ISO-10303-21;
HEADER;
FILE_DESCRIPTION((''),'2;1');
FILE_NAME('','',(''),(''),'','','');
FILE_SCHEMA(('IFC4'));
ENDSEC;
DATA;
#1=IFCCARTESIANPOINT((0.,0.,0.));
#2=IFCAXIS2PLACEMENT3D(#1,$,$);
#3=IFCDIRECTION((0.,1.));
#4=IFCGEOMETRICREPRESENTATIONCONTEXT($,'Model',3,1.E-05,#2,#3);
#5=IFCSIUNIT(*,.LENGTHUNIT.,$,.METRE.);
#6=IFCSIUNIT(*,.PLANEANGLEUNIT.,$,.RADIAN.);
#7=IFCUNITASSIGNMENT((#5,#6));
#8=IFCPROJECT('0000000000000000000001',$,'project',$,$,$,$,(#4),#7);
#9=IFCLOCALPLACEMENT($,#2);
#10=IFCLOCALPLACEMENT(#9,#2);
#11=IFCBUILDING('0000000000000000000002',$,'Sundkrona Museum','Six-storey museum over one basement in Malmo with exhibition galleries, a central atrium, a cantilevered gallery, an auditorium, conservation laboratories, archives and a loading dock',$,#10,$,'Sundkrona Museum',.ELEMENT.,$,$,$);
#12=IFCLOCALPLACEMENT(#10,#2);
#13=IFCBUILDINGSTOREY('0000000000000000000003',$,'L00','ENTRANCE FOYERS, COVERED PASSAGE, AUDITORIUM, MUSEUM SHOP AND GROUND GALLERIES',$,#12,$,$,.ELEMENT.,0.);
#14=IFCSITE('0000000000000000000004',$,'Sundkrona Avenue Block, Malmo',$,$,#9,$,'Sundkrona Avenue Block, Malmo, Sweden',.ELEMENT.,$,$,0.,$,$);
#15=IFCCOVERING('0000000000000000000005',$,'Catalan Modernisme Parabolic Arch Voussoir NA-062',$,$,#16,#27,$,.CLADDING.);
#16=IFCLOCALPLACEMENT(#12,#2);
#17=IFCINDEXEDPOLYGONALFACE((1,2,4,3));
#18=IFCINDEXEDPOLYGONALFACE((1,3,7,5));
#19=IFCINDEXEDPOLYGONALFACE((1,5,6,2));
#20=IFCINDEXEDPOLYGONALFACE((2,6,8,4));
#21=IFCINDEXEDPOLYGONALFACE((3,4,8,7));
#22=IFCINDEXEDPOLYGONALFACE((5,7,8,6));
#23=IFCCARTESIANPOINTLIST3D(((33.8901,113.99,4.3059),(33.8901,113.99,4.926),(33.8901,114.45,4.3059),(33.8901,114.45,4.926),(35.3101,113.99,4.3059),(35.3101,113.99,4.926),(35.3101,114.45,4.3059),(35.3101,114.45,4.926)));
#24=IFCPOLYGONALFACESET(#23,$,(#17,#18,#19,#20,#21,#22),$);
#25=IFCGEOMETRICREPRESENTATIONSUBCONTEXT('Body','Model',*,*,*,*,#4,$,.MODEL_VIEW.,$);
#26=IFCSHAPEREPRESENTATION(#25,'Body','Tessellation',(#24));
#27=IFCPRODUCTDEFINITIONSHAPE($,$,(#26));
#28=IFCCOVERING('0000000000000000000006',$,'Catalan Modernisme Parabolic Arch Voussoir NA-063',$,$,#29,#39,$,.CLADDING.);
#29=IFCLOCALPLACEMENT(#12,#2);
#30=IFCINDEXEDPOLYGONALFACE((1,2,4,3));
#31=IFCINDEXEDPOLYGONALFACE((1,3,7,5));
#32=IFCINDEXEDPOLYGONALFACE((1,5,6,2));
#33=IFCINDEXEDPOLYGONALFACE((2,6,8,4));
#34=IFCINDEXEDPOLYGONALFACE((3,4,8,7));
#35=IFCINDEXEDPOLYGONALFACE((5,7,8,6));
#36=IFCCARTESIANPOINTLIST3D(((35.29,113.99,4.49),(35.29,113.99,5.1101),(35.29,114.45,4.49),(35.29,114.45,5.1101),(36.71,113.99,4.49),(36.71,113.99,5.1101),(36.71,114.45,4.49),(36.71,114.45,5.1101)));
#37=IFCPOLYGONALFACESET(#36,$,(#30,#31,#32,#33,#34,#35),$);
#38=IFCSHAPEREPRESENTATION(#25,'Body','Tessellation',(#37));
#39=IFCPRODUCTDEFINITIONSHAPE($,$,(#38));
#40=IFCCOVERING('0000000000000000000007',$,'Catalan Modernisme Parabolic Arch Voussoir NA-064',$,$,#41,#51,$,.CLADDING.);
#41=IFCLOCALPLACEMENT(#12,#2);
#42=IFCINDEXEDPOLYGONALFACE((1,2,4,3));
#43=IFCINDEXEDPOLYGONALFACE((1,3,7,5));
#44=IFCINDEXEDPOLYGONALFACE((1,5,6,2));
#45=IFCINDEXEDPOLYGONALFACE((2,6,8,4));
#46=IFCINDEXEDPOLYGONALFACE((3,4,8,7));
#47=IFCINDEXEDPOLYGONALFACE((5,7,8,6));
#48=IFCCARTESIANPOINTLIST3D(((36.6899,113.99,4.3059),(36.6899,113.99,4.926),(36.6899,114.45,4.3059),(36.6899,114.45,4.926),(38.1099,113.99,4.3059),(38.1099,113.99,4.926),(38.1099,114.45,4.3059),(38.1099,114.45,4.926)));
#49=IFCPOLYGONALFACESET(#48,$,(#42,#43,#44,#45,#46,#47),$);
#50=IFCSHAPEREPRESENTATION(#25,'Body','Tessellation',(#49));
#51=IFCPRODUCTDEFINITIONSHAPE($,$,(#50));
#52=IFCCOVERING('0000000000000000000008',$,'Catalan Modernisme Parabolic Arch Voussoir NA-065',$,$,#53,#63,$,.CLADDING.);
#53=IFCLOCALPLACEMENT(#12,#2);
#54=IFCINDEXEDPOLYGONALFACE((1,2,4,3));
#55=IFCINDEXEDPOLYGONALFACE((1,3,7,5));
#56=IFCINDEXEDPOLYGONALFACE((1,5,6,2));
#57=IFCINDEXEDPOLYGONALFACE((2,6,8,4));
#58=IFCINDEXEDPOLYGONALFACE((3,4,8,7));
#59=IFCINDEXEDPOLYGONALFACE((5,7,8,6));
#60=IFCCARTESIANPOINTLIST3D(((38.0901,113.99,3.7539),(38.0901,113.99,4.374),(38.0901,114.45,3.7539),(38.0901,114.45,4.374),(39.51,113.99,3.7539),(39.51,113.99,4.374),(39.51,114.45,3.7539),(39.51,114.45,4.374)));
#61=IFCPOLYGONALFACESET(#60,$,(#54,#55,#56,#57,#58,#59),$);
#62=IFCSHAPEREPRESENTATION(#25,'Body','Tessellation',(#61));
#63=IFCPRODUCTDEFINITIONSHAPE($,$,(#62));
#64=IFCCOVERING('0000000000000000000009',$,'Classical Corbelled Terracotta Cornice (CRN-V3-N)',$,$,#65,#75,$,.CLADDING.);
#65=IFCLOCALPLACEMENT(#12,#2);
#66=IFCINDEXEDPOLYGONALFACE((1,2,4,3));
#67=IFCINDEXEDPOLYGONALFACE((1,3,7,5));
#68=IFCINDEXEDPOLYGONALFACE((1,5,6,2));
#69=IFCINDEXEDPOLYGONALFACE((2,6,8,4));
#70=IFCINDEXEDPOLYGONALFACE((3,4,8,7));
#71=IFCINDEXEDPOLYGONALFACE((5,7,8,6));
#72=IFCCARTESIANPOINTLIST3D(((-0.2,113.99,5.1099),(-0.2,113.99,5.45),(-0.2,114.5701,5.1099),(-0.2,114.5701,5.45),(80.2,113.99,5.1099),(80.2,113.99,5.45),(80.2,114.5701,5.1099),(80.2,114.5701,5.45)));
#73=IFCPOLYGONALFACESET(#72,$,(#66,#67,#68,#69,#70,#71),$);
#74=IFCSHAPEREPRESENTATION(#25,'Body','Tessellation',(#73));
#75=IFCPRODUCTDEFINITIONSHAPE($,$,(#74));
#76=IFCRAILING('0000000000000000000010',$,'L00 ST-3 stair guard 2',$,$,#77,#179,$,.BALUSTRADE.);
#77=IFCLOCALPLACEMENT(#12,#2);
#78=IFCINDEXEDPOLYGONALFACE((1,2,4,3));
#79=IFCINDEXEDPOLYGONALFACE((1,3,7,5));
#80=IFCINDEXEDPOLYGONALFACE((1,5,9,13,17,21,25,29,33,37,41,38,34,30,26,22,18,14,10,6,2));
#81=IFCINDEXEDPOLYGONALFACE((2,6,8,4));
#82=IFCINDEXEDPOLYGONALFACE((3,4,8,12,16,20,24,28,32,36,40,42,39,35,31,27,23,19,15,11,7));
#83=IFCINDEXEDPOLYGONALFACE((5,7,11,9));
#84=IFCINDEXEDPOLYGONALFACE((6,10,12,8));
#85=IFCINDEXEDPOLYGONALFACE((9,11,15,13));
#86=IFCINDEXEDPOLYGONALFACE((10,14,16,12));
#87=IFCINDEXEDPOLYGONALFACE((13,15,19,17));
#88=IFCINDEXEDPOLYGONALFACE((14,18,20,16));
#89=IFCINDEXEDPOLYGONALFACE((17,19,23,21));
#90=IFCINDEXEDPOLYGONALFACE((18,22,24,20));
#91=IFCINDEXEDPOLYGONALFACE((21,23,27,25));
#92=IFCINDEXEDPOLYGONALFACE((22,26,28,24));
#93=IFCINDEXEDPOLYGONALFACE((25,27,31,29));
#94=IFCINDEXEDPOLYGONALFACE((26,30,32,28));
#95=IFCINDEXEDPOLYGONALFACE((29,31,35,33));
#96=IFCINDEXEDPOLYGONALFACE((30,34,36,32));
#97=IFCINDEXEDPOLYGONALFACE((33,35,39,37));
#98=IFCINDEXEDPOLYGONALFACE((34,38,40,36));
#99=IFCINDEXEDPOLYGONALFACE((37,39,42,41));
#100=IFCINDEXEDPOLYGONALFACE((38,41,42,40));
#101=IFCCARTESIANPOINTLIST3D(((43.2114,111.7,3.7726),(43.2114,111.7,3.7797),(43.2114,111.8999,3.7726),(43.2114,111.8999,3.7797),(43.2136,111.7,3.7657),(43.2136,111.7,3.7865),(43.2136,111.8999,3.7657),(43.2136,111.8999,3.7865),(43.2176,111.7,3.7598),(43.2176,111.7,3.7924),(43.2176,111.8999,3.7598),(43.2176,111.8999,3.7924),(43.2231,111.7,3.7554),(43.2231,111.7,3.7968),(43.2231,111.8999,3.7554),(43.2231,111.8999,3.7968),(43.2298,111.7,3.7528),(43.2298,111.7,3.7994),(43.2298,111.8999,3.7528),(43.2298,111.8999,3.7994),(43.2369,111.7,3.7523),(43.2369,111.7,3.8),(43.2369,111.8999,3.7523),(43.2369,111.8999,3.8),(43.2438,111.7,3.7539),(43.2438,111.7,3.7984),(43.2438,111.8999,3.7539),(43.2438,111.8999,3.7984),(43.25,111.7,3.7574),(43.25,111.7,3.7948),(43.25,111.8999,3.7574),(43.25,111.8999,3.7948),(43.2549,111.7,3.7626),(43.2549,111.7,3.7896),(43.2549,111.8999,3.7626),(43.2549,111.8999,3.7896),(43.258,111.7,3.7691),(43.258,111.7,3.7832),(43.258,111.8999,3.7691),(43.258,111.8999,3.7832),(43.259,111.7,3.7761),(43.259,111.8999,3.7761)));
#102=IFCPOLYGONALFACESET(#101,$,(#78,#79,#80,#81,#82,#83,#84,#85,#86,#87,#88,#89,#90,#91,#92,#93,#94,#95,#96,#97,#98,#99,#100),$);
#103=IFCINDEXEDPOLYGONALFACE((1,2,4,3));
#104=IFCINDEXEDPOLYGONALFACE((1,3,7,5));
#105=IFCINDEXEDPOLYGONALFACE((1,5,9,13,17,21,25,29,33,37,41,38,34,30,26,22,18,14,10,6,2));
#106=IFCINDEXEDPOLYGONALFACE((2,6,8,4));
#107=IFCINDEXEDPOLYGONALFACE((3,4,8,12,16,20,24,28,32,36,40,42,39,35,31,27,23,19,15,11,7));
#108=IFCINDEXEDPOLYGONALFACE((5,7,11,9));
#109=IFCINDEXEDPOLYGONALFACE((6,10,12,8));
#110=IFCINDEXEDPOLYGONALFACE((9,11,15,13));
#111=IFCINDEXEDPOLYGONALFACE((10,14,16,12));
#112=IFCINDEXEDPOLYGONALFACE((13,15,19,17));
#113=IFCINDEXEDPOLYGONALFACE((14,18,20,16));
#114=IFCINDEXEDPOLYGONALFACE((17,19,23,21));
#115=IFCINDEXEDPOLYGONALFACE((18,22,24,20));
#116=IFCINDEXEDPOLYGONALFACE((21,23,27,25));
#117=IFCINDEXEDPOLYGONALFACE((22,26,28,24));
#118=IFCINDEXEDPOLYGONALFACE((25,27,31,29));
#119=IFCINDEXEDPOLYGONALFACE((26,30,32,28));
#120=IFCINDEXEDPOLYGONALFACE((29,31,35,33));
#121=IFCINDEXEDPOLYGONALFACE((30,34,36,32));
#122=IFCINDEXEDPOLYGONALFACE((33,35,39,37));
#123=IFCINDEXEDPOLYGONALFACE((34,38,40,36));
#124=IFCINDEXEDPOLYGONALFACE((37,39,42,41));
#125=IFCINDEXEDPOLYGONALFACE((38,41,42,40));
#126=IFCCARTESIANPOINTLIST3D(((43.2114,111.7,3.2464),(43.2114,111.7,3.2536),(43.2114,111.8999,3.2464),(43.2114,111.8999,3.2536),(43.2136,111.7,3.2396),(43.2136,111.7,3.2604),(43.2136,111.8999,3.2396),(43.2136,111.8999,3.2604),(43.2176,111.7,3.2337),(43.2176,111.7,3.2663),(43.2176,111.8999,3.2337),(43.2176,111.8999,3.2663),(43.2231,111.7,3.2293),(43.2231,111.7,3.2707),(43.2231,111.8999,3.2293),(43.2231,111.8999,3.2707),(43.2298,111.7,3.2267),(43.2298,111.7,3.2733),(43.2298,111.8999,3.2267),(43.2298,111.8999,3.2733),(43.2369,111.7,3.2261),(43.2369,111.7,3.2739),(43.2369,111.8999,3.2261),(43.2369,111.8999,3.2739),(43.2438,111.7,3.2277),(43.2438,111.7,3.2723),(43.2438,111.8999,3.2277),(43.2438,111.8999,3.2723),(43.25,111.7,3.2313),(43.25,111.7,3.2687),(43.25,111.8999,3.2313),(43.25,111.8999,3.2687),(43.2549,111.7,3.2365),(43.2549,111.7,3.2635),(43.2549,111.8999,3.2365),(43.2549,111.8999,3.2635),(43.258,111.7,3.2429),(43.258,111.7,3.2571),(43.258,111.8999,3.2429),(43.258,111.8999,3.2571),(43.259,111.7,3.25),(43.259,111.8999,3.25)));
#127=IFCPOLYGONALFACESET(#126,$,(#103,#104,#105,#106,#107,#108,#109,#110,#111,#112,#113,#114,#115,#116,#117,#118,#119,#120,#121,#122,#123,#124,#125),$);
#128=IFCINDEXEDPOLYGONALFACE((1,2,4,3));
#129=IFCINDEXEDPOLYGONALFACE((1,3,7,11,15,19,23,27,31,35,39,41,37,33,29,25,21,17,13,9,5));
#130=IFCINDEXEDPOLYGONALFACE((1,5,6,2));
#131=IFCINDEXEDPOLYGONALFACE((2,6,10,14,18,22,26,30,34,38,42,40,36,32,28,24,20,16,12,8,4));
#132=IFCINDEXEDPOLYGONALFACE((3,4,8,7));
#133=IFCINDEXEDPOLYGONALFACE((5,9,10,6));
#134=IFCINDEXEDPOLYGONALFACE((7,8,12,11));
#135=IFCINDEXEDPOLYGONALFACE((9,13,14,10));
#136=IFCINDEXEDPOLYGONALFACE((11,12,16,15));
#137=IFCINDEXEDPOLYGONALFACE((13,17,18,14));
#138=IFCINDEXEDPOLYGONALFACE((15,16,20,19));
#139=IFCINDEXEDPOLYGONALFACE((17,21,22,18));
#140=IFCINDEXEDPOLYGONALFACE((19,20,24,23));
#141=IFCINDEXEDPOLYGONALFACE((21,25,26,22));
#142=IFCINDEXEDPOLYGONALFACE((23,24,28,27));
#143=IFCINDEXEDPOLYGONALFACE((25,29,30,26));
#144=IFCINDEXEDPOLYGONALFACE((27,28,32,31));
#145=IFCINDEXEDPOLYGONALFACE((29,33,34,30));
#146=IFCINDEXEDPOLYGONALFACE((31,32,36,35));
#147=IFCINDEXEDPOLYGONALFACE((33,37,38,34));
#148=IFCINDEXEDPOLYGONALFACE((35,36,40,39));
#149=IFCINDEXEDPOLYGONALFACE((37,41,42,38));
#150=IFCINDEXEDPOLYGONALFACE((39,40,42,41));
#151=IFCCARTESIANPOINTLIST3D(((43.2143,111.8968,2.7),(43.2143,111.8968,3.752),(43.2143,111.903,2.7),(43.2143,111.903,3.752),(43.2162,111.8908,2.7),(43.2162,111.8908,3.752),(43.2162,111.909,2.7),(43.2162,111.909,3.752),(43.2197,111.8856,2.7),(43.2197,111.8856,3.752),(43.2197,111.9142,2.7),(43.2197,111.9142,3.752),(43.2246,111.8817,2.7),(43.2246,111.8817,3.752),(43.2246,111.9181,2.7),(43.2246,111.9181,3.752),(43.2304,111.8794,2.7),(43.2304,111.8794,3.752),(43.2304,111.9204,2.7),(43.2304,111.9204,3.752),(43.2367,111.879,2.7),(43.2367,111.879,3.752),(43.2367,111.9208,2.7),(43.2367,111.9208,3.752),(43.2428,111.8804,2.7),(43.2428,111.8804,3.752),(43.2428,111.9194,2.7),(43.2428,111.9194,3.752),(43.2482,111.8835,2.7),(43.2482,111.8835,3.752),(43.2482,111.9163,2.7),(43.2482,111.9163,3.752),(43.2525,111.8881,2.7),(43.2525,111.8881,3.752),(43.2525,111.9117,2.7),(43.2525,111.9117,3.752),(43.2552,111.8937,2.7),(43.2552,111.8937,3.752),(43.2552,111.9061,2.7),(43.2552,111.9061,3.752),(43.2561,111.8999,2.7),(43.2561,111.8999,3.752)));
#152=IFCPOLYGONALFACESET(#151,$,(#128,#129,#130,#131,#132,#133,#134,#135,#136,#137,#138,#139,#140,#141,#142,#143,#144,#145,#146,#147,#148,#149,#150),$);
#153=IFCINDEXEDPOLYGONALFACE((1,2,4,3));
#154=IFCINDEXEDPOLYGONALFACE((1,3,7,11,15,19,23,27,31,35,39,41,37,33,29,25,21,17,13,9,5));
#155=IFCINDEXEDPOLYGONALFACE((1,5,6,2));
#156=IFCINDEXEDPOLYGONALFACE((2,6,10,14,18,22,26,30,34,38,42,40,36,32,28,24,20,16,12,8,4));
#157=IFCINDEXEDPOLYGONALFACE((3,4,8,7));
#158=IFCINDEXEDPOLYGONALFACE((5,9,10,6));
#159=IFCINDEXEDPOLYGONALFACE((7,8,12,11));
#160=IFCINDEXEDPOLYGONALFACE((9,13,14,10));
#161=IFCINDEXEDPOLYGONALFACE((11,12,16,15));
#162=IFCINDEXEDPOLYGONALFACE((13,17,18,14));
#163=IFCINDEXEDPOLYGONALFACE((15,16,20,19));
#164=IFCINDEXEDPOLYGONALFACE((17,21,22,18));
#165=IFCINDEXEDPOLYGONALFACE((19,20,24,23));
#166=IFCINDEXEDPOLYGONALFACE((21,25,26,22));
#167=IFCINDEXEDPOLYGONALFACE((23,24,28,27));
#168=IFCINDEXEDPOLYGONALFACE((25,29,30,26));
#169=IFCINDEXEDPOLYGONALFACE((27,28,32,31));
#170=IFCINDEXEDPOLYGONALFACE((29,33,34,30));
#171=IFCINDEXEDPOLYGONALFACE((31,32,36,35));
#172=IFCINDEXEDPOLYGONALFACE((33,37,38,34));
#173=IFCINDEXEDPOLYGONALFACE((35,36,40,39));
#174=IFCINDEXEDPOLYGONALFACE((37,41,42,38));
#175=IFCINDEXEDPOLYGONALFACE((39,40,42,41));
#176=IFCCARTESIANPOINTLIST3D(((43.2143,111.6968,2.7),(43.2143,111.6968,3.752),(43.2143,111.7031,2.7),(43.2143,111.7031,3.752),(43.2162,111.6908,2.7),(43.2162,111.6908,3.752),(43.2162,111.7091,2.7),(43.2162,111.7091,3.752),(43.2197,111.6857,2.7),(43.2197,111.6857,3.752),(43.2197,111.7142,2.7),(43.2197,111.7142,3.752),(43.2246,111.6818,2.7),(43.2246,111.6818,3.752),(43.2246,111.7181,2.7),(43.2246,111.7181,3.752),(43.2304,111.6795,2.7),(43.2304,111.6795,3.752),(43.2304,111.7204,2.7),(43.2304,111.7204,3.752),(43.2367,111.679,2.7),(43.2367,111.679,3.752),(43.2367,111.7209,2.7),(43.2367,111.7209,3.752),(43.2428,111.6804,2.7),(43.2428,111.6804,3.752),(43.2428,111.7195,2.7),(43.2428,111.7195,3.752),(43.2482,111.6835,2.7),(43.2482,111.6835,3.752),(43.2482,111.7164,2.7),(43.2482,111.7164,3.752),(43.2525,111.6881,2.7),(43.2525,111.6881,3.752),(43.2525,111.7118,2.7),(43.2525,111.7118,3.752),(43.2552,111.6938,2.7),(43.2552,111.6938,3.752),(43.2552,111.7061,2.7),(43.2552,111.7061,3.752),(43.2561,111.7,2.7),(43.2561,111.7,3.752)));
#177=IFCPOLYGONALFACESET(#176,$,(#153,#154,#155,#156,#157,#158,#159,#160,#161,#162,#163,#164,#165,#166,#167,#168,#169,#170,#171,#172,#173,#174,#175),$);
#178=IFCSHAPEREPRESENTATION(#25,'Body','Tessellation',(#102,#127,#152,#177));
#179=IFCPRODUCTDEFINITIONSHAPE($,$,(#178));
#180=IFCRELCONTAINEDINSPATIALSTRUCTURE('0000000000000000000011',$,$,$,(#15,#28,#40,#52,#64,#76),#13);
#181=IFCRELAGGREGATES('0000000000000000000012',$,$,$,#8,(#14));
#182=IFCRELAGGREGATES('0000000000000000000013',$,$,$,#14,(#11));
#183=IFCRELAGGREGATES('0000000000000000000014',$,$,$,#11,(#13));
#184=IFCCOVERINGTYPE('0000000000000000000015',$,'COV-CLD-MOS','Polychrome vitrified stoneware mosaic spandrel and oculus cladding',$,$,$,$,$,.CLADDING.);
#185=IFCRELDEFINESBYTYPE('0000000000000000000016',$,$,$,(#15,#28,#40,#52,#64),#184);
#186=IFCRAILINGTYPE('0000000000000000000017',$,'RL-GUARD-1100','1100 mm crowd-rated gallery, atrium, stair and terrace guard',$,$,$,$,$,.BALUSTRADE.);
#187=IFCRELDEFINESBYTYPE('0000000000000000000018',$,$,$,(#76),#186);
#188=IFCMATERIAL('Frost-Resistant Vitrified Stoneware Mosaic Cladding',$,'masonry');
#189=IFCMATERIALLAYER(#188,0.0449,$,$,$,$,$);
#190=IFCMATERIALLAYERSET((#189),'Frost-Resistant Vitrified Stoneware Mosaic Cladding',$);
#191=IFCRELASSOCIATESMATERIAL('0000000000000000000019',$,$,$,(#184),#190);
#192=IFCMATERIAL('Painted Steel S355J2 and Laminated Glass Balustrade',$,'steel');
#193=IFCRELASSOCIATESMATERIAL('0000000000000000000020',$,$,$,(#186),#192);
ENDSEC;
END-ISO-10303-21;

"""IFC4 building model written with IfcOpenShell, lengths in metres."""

from ifc_helpers import new_model, si_unit, direction, frame, origin, origin_2d, place, context, subcontext, project, spatial, rectangle, circle, extrude, material, layer, layer_set, type_object, element, save


model = new_model("IFC4")

# Units and contexts
model_context = context("Model", 3, precision=1e-05, world=origin(), true_north=direction((0.0, 1.0)))
body_context = subcontext(model_context, "Body", "Model", "MODEL_VIEW")
ifc_project = project(units=[si_unit("LENGTHUNIT", "METRE"), si_unit("PLANEANGLEUNIT", "RADIAN")], contexts=[model_context])

# Site, building, storey
site_placement = place(None, origin())
site = spatial("IfcSite", under=ifc_project, at=site_placement, Name="Sundkrona Avenue Block, Malmo", LongName="Sundkrona Avenue Block, Malmo, Sweden", CompositionType="ELEMENT", RefElevation=0.0)
building_placement = place(site_placement, origin())
building = spatial("IfcBuilding", under=site, at=building_placement, Name="Sundkrona Museum", Description="Six-storey museum over one basement in Malmo with exhibition galleries, a central atrium, a cantilevered gallery, an auditorium, conservation laboratories, archives and a loading dock", LongName="Sundkrona Museum", CompositionType="ELEMENT")
storey_placement = place(building_placement, origin())
storey = spatial("IfcBuildingStorey", under=building, at=storey_placement, Name="L00", Description="ENTRANCE FOYERS, COVERED PASSAGE, AUDITORIUM, MUSEUM SHOP AND GROUND GALLERIES", CompositionType="ELEMENT", Elevation=0.0)

# Coverings
ifc_material_1 = material(Name="Frost-Resistant Vitrified Stoneware Mosaic Cladding", Category="masonry")
ifc_layer_1 = layer(ifc_material_1, 0.0449)
ifc_layer_set_1 = layer_set([ifc_layer_1], Name="Frost-Resistant Vitrified Stoneware Mosaic Cladding")
covering_type = type_object("IfcCoveringType", Name="COV-CLD-MOS", Description="Polychrome vitrified stoneware mosaic spandrel and oculus cladding", PredefinedType="CLADDING", material=ifc_layer_set_1)
for number, where, z_axis, x_axis, name in (
    (1, (34.6001, 114.22, 4.3059), (0.0, 0.0, 1.0), (1.0, 0.0, 0.0), "Catalan Modernisme Parabolic Arch Voussoir NA-062"),
    (2, (36.0, 114.22, 4.49), (0.0, 0.0, 1.0), (1.0, 0.0, 0.0), "Catalan Modernisme Parabolic Arch Voussoir NA-063"),
    (3, (37.3999, 114.22, 4.3059), (0.0, 0.0, 1.0), (1.0, 0.0, 0.0), "Catalan Modernisme Parabolic Arch Voussoir NA-064"),
    (4, (38.8, 114.22, 3.7539), (0.0, 0.0, 1.0), (1.0, 0.0, 0.0), "Catalan Modernisme Parabolic Arch Voussoir NA-065"),
):
    element("IfcCovering", number, at=place(storey_placement, frame(where, z_axis=z_axis, x_axis=x_axis)), inside=storey, type_object=covering_type, Name=name, PredefinedType="CLADDING", context=body_context, shape_type="SweptSolid", body=[
        extrude(rectangle(XDim=1.4199, YDim=0.46, at=origin_2d()), origin(), (0.0, 0.0, 1.0), 0.6201),
    ])
covering_placement = place(storey_placement, frame((40.0, 114.28, 5.1099), z_axis=(0.0, 0.0, 1.0), x_axis=(1.0, 0.0, 0.0)))
element("IfcCovering", 5, at=covering_placement, inside=storey, type_object=covering_type, Name="Classical Corbelled Terracotta Cornice (CRN-V3-N)", PredefinedType="CLADDING", context=body_context, shape_type="SweptSolid", body=[
    extrude(rectangle(XDim=80.3999, YDim=0.5801, at=origin_2d()), origin(), (0.0, 0.0, 1.0), 0.3401),
])

# Railing
ifc_material_2 = material(Name="Painted Steel S355J2 and Laminated Glass Balustrade", Category="steel")
railing_type = type_object("IfcRailingType", Name="RL-GUARD-1100", Description="1100 mm crowd-rated gallery, atrium, stair and terrace guard", PredefinedType="BALUSTRADE", material=ifc_material_2)
railing_1_placement = place(storey_placement, frame((43.2351, 111.8999, 2.7)))
element("IfcRailing", 6, at=railing_1_placement, inside=storey, type_object=railing_type, Name="L00 ST-3 stair guard 2", PredefinedType="BALUSTRADE", context=body_context, shape_type="SweptSolid", body=[
    extrude(circle(Radius=0.0239, at=origin_2d()), frame((0.0, 0.0, 1.0762), z_axis=(0.0, -1.0, 0.0), x_axis=(1.0, 0.0, 0.0)), (0.0, 0.0, 1.0), 0.2),
    extrude(circle(Radius=0.0239, at=origin_2d()), frame((0.0, 0.0, 0.55), z_axis=(0.0, -1.0, 0.0), x_axis=(1.0, 0.0, 0.0)), (0.0, 0.0, 1.0), 0.2),
    extrude(circle(Radius=0.021, at=origin_2d()), origin(), (0.0, 0.0, 1.0), 1.052),
    extrude(circle(Radius=0.021, at=origin_2d()), frame((0.0, -0.2, 0.0)), (0.0, 0.0, 1.0), 1.052),
])

save(model, "model.ifc")
